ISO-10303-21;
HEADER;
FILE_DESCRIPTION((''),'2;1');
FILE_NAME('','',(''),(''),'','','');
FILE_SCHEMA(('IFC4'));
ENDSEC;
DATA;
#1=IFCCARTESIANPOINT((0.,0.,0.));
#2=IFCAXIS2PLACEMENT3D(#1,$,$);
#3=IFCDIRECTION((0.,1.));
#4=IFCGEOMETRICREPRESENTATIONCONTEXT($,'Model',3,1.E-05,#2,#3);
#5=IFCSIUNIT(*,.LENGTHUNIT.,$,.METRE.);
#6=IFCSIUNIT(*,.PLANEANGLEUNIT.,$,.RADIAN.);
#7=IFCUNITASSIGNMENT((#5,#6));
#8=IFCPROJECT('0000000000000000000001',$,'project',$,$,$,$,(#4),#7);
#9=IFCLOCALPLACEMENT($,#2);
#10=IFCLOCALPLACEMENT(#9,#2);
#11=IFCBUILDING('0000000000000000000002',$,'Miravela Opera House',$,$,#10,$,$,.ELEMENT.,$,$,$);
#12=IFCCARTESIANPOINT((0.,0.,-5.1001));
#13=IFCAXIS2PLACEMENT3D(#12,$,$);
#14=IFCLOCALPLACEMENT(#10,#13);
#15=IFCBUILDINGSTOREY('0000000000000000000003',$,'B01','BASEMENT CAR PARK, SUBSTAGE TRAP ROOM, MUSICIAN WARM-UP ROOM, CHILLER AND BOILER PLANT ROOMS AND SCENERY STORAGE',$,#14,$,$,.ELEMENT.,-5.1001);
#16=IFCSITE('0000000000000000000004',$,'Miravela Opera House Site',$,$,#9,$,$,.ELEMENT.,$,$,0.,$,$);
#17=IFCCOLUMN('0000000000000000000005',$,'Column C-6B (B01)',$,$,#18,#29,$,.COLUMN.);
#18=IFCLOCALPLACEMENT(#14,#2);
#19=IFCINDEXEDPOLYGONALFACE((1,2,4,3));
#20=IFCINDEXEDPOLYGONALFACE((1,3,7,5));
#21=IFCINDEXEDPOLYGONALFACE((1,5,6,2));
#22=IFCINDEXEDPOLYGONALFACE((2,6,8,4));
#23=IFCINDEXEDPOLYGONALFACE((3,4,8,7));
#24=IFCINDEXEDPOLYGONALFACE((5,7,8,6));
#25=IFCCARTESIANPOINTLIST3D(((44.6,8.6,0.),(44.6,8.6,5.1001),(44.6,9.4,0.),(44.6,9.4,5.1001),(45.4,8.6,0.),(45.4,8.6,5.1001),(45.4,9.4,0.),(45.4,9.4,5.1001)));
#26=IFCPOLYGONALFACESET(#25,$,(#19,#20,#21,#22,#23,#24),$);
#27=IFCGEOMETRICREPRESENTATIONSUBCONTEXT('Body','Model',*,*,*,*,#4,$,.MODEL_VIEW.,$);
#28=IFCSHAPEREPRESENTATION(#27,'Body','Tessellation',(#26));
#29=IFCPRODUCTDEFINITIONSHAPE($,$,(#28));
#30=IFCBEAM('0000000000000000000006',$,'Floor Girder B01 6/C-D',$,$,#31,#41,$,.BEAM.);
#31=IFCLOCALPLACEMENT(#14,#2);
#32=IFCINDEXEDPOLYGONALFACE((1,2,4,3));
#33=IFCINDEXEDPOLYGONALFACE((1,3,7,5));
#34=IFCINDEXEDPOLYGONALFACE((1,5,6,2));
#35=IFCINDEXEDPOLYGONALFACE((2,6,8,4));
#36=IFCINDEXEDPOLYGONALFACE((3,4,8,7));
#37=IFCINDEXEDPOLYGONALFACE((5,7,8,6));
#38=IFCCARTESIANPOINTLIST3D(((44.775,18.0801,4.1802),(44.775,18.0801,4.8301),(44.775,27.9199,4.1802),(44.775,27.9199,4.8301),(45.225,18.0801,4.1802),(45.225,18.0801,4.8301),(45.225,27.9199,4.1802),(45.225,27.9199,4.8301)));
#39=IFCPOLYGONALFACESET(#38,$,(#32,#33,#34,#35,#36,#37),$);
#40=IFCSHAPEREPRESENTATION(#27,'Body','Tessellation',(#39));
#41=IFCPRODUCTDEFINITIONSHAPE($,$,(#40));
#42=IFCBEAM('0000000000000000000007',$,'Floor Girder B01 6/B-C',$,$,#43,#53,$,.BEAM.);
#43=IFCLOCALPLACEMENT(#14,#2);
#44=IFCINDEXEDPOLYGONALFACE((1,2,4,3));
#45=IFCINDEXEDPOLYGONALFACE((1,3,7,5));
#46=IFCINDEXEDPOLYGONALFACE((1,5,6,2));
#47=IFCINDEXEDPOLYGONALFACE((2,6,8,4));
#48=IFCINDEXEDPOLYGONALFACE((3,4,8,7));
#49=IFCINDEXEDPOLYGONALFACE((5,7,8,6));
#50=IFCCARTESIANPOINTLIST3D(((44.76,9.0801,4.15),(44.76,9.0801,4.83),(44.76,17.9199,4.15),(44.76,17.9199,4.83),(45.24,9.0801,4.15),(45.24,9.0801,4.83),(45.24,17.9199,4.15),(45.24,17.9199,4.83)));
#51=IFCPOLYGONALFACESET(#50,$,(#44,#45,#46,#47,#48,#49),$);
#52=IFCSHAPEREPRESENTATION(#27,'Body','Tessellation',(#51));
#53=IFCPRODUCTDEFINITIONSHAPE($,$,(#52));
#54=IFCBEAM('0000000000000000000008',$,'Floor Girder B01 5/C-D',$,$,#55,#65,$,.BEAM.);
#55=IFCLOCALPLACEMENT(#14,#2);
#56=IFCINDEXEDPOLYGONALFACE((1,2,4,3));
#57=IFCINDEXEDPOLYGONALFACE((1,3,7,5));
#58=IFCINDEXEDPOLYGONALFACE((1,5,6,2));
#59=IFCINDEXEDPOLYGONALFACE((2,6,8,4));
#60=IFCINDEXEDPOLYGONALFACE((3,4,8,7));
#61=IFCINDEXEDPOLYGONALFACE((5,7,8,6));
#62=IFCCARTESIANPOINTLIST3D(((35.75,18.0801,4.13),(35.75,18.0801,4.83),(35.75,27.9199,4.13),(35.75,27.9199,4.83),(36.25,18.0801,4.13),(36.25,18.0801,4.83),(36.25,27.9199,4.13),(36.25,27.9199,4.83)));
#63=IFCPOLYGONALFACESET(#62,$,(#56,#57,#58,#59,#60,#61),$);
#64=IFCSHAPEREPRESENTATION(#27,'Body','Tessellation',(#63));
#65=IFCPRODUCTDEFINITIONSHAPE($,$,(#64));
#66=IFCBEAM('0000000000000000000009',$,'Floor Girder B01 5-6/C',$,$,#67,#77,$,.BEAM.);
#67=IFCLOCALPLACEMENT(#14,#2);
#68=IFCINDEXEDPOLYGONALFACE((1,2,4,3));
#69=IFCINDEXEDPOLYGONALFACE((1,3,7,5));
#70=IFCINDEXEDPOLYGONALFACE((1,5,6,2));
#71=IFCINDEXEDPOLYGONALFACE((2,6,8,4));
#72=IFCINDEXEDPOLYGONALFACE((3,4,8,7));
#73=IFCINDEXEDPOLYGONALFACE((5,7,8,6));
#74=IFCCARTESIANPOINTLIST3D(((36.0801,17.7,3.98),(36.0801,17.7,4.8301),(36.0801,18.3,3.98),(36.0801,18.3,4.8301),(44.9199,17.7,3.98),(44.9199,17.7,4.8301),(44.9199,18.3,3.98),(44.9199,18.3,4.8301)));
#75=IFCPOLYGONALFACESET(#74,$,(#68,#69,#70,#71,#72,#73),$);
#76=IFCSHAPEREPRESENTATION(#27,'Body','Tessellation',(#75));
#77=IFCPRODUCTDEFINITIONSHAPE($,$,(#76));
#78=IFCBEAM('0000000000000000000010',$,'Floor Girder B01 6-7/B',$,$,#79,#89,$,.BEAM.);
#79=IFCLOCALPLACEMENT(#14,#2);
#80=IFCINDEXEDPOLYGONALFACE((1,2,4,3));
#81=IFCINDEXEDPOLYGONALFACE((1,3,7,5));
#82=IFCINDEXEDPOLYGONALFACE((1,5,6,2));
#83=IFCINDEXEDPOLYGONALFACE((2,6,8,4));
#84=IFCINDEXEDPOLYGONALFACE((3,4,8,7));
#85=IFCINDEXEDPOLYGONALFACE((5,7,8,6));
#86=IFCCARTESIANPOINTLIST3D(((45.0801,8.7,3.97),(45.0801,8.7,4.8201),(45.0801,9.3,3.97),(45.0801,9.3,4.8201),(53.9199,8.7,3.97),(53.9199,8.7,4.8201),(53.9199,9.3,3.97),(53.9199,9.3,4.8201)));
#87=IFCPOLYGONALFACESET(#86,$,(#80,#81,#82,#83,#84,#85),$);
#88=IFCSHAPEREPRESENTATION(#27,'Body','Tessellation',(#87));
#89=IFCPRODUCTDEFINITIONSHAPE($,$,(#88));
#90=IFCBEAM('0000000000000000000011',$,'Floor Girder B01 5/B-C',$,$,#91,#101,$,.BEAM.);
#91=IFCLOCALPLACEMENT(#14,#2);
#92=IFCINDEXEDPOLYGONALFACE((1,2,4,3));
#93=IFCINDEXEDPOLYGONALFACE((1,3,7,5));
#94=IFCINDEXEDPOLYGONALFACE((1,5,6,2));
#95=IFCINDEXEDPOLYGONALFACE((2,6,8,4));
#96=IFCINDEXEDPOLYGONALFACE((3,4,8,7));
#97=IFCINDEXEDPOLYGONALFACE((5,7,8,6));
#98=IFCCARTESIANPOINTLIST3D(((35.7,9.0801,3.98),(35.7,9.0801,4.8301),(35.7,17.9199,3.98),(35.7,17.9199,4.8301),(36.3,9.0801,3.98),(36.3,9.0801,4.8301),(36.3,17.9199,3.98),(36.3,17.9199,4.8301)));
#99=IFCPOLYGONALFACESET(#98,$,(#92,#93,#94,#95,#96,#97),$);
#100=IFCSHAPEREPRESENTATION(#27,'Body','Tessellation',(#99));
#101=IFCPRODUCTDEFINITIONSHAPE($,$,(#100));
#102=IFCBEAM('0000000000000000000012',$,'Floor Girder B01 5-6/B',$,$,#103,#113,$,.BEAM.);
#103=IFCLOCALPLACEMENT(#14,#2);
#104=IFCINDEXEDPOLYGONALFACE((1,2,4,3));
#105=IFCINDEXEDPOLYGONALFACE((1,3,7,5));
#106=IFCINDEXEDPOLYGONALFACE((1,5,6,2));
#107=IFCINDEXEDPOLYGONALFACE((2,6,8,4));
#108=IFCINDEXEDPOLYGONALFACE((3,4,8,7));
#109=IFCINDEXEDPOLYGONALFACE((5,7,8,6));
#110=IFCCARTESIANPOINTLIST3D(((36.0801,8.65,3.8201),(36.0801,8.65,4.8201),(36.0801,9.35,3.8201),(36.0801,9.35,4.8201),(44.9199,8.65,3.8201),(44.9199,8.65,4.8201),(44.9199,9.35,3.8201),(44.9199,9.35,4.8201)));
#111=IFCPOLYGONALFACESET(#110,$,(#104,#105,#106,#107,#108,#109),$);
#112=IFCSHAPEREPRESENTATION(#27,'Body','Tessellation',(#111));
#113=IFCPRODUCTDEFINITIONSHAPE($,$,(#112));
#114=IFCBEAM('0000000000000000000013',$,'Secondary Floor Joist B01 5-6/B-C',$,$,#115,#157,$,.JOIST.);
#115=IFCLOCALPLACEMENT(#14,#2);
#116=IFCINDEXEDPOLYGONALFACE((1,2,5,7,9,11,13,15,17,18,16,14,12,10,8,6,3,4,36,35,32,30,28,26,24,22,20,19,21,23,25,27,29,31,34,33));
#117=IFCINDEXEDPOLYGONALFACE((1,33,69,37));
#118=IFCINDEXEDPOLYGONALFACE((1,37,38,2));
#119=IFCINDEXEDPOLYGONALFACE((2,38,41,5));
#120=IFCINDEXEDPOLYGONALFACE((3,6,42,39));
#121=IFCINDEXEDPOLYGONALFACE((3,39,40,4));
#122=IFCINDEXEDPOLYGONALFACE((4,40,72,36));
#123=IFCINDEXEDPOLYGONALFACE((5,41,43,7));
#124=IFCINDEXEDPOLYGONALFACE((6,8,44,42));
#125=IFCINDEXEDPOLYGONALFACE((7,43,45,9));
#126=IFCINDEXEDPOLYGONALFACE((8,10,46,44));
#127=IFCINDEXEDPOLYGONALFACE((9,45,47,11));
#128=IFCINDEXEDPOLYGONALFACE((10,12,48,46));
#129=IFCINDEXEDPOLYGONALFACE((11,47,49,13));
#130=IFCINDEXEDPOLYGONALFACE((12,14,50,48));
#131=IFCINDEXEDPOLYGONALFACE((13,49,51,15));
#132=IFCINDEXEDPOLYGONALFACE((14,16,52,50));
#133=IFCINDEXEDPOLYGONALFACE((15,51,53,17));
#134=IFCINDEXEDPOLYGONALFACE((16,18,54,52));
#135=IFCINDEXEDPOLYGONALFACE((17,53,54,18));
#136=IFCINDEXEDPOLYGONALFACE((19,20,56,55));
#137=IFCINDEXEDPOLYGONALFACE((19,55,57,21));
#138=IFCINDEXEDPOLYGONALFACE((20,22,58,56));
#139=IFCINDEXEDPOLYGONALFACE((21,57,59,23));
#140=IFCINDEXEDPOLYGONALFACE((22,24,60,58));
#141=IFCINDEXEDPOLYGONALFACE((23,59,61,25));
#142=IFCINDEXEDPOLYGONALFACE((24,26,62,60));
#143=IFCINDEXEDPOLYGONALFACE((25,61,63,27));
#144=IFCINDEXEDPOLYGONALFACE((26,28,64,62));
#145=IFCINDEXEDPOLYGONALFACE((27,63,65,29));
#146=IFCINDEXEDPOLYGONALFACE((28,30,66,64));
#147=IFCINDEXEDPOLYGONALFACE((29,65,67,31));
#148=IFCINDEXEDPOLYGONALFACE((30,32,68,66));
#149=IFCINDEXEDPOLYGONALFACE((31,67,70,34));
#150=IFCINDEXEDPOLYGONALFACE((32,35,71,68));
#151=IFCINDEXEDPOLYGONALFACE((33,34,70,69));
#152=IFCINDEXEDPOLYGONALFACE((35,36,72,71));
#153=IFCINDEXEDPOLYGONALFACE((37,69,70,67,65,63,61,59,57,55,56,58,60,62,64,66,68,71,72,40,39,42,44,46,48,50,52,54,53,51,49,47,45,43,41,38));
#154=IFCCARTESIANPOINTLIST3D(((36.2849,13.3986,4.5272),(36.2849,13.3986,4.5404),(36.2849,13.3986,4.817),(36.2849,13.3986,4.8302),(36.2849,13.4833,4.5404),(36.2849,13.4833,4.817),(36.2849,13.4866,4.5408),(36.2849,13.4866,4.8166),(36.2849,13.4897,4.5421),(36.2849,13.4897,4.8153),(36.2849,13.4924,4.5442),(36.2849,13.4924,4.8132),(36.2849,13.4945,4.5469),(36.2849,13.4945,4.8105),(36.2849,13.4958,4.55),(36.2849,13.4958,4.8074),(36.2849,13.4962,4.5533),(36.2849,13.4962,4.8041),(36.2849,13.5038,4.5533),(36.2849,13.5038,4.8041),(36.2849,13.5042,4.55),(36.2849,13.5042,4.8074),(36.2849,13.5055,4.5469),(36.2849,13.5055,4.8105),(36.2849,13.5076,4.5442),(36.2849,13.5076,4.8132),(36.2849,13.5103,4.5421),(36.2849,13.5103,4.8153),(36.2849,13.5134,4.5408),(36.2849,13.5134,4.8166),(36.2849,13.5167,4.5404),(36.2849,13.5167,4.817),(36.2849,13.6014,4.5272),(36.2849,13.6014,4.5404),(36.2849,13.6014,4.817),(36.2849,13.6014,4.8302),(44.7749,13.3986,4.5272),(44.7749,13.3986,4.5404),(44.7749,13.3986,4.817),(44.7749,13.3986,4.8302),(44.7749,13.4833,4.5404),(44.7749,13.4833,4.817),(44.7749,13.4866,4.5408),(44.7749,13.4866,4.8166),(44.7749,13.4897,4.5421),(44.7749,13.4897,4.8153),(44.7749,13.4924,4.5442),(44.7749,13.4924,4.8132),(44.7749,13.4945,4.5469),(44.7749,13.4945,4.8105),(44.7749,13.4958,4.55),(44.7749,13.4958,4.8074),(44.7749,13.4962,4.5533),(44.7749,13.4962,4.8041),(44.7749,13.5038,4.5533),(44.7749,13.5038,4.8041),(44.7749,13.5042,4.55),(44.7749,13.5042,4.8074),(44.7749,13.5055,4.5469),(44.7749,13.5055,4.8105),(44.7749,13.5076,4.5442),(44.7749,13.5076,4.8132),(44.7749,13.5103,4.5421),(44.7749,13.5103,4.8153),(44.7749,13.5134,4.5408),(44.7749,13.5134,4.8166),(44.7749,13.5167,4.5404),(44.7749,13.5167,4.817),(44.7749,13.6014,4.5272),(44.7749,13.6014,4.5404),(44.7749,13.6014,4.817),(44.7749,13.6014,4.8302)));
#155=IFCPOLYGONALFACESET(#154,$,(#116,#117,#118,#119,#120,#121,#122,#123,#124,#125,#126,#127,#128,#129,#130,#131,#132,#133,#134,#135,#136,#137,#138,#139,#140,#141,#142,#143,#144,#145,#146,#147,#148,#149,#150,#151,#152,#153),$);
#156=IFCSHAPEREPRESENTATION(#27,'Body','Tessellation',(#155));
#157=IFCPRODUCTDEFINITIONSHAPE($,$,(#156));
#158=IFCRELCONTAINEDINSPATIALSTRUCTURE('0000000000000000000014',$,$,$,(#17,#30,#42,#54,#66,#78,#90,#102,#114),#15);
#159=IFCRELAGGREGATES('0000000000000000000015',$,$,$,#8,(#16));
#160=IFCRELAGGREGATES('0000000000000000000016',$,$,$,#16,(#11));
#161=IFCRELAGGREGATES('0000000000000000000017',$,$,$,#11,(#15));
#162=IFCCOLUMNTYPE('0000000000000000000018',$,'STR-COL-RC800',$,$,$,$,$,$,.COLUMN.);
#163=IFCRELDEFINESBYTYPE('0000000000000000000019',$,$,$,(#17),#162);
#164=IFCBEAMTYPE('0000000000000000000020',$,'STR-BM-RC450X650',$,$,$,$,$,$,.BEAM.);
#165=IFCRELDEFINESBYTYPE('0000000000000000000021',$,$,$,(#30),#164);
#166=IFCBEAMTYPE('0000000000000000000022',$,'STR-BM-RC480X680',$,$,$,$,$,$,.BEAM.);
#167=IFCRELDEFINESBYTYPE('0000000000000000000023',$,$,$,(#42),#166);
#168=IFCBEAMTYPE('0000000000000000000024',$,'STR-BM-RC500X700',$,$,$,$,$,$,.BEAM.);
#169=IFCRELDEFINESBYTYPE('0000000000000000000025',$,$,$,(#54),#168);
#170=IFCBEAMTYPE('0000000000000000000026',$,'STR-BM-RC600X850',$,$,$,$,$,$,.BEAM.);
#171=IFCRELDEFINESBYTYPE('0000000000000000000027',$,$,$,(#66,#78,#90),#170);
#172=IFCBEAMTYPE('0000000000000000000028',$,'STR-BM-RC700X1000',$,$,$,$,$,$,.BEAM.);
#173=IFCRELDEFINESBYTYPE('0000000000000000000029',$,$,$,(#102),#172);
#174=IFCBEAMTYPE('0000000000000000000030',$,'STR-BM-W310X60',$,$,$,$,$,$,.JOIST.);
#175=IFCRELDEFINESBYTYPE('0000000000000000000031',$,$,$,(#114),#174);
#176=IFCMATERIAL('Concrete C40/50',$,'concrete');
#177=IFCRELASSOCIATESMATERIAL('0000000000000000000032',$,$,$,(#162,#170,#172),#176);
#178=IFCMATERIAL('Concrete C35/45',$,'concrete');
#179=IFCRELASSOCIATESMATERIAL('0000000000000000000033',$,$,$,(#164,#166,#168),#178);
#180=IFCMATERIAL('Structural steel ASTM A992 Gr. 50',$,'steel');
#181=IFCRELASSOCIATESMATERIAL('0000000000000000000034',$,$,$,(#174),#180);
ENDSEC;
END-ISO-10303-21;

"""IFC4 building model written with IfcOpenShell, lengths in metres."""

from ifc_helpers import new_model, si_unit, direction, frame, origin, origin_2d, place, context, subcontext, project, spatial, rectangle, i_section, extrude, material, material_profile, profile_set, type_object, element, save


model = new_model("IFC4")

# Units and contexts
model_context = context("Model", 3, precision=1e-05, world=origin(), true_north=direction((0.0, 1.0)))
body_context = subcontext(model_context, "Body", "Model", "MODEL_VIEW")
ifc_project = project(units=[si_unit("LENGTHUNIT", "METRE"), si_unit("PLANEANGLEUNIT", "RADIAN")], contexts=[model_context])

# Site, building, storey
site_placement = place(None, origin())
site = spatial("IfcSite", under=ifc_project, at=site_placement, Name="Miravela Opera House Site", CompositionType="ELEMENT", RefElevation=0.0)
building_placement = place(site_placement, origin())
building = spatial("IfcBuilding", under=site, at=building_placement, Name="Miravela Opera House", CompositionType="ELEMENT")
storey_placement = place(building_placement, frame((0.0, 0.0, -5.1001)))
storey = spatial("IfcBuildingStorey", under=building, at=storey_placement, Name="B01", Description="BASEMENT CAR PARK, SUBSTAGE TRAP ROOM, MUSICIAN WARM-UP ROOM, CHILLER AND BOILER PLANT ROOMS AND SCENERY STORAGE", CompositionType="ELEMENT", Elevation=-5.1001)

# Shared definitions
ifc_material_1 = material(Name="Concrete C35/45", Category="concrete")

# Column
ifc_material_2 = material(Name="Concrete C40/50", Category="concrete")
ifc_material_profile_1 = material_profile(ifc_material_2, rectangle(XDim=0.8, YDim=0.8, at=origin_2d()), Name="RC-COL-800X800")
ifc_profile_set_1 = profile_set([ifc_material_profile_1])
column_type_1 = type_object("IfcColumnType", Name="STR-COL-RC800", PredefinedType="COLUMN", material=ifc_profile_set_1)
column_placement = place(storey_placement, frame((45.0, 9.0, 0.0), z_axis=(0.0, 0.0, 1.0), x_axis=(1.0, 0.0, 0.0)))
element("IfcColumn", 1, at=column_placement, inside=storey, type_object=column_type_1, Name="Column C-6B (B01)", PredefinedType="COLUMN", context=body_context, shape_type="SweptSolid", body=[
    extrude(rectangle(XDim=0.8, YDim=0.8, at=origin_2d()), origin(), (0.0, 0.0, 1.0), 5.1001),
])

# Beams
ifc_material_profile_2 = material_profile(ifc_material_1, rectangle(XDim=0.45, YDim=0.6499, at=origin_2d()), Name="RC-BM-450X650")
ifc_profile_set_2 = profile_set([ifc_material_profile_2])
beam_type_1 = type_object("IfcBeamType", Name="STR-BM-RC450X650", PredefinedType="BEAM", material=ifc_profile_set_2)
beam_1_placement = place(storey_placement, frame((45.0, 18.0801, 4.5051), z_axis=(0.0, 1.0, 0.0), x_axis=(-1.0, 0.0, 0.0)))
element("IfcBeam", 2, at=beam_1_placement, inside=storey, type_object=beam_type_1, Name="Floor Girder B01 6/C-D", PredefinedType="BEAM", context=body_context, shape_type="SweptSolid", body=[
    extrude(rectangle(XDim=0.45, YDim=0.6499, at=origin_2d()), origin(), (0.0, 0.0, 1.0), 9.8398),
])
ifc_material_profile_3 = material_profile(ifc_material_1, rectangle(XDim=0.48, YDim=0.6799, at=origin_2d()), Name="RC-BM-480X680")
ifc_profile_set_3 = profile_set([ifc_material_profile_3])
beam_type_2 = type_object("IfcBeamType", Name="STR-BM-RC480X680", PredefinedType="BEAM", material=ifc_profile_set_3)
beam_2_placement = place(storey_placement, frame((45.0, 9.0801, 4.49), z_axis=(0.0, 1.0, 0.0), x_axis=(-1.0, 0.0, 0.0)))
element("IfcBeam", 3, at=beam_2_placement, inside=storey, type_object=beam_type_2, Name="Floor Girder B01 6/B-C", PredefinedType="BEAM", context=body_context, shape_type="SweptSolid", body=[
    extrude(rectangle(XDim=0.48, YDim=0.6799, at=origin_2d()), origin(), (0.0, 0.0, 1.0), 8.8398),
])
ifc_material_profile_4 = material_profile(ifc_material_1, rectangle(XDim=0.5, YDim=0.7, at=origin_2d()), Name="RC-BM-500X700")
ifc_profile_set_4 = profile_set([ifc_material_profile_4])
beam_type_3 = type_object("IfcBeamType", Name="STR-BM-RC500X700", PredefinedType="BEAM", material=ifc_profile_set_4)
beam_3_placement = place(storey_placement, frame((36.0, 18.0801, 4.48), z_axis=(0.0, 1.0, 0.0), x_axis=(-1.0, 0.0, 0.0)))
element("IfcBeam", 4, at=beam_3_placement, inside=storey, type_object=beam_type_3, Name="Floor Girder B01 5/C-D", PredefinedType="BEAM", context=body_context, shape_type="SweptSolid", body=[
    extrude(rectangle(XDim=0.5, YDim=0.7, at=origin_2d()), origin(), (0.0, 0.0, 1.0), 9.8398),
])
ifc_material_profile_5 = material_profile(ifc_material_2, rectangle(XDim=0.6001, YDim=0.8501, at=origin_2d()), Name="RC-BM-600X850")
ifc_profile_set_5 = profile_set([ifc_material_profile_5])
beam_type_4 = type_object("IfcBeamType", Name="STR-BM-RC600X850", PredefinedType="BEAM", material=ifc_profile_set_5)
for number, where, z_axis, x_axis, name in (
    (5, (36.0801, 18.0, 4.405), (1.0, 0.0, 0.0), (0.0, 1.0, 0.0), "Floor Girder B01 5-6/C"),
    (6, (45.0801, 9.0, 4.395), (1.0, 0.0, 0.0), (0.0, 1.0, 0.0), "Floor Girder B01 6-7/B"),
    (7, (36.0, 9.0801, 4.405), (0.0, 1.0, 0.0), (-1.0, 0.0, 0.0), "Floor Girder B01 5/B-C"),
):
    element("IfcBeam", number, at=place(storey_placement, frame(where, z_axis=z_axis, x_axis=x_axis)), inside=storey, type_object=beam_type_4, Name=name, PredefinedType="BEAM", context=body_context, shape_type="SweptSolid", body=[
        extrude(rectangle(XDim=0.6001, YDim=0.8501, at=origin_2d()), origin(), (0.0, 0.0, 1.0), 8.8398),
    ])
ifc_material_profile_6 = material_profile(ifc_material_2, rectangle(XDim=0.7, YDim=1.0, at=origin_2d()), Name="RC-BM-700X1000")
ifc_profile_set_6 = profile_set([ifc_material_profile_6])
beam_type_5 = type_object("IfcBeamType", Name="STR-BM-RC700X1000", PredefinedType="BEAM", material=ifc_profile_set_6)
beam_4_placement = place(storey_placement, frame((36.0801, 9.0, 4.3201), z_axis=(1.0, 0.0, 0.0), x_axis=(0.0, 1.0, 0.0)))
element("IfcBeam", 8, at=beam_4_placement, inside=storey, type_object=beam_type_5, Name="Floor Girder B01 5-6/B", PredefinedType="BEAM", context=body_context, shape_type="SweptSolid", body=[
    extrude(rectangle(XDim=0.7, YDim=1.0, at=origin_2d()), origin(), (0.0, 0.0, 1.0), 8.8398),
])
ifc_material_3 = material(Name="Structural steel ASTM A992 Gr. 50", Category="steel")
ifc_material_profile_7 = material_profile(ifc_material_3, i_section(OverallWidth=0.2029, OverallDepth=0.303, WebThickness=0.0076, FlangeThickness=0.0132, FilletRadius=0.0129, at=origin_2d()), Name="W310X60")
ifc_profile_set_7 = profile_set([ifc_material_profile_7])
beam_type_6 = type_object("IfcBeamType", Name="STR-BM-W310X60", PredefinedType="JOIST", material=ifc_profile_set_7)
beam_5_placement = place(storey_placement, frame((36.2849, 13.5, 4.6787), z_axis=(1.0, 0.0, 0.0), x_axis=(0.0, 1.0, 0.0)))
element("IfcBeam", 9, at=beam_5_placement, inside=storey, type_object=beam_type_6, Name="Secondary Floor Joist B01 5-6/B-C", PredefinedType="JOIST", context=body_context, shape_type="SweptSolid", body=[
    extrude(i_section(OverallWidth=0.2029, OverallDepth=0.303, WebThickness=0.0076, FlangeThickness=0.0132, FilletRadius=0.0129, at=origin_2d()), origin(), (0.0, 0.0, 1.0), 8.49),
])

save(model, "model.ifc")
